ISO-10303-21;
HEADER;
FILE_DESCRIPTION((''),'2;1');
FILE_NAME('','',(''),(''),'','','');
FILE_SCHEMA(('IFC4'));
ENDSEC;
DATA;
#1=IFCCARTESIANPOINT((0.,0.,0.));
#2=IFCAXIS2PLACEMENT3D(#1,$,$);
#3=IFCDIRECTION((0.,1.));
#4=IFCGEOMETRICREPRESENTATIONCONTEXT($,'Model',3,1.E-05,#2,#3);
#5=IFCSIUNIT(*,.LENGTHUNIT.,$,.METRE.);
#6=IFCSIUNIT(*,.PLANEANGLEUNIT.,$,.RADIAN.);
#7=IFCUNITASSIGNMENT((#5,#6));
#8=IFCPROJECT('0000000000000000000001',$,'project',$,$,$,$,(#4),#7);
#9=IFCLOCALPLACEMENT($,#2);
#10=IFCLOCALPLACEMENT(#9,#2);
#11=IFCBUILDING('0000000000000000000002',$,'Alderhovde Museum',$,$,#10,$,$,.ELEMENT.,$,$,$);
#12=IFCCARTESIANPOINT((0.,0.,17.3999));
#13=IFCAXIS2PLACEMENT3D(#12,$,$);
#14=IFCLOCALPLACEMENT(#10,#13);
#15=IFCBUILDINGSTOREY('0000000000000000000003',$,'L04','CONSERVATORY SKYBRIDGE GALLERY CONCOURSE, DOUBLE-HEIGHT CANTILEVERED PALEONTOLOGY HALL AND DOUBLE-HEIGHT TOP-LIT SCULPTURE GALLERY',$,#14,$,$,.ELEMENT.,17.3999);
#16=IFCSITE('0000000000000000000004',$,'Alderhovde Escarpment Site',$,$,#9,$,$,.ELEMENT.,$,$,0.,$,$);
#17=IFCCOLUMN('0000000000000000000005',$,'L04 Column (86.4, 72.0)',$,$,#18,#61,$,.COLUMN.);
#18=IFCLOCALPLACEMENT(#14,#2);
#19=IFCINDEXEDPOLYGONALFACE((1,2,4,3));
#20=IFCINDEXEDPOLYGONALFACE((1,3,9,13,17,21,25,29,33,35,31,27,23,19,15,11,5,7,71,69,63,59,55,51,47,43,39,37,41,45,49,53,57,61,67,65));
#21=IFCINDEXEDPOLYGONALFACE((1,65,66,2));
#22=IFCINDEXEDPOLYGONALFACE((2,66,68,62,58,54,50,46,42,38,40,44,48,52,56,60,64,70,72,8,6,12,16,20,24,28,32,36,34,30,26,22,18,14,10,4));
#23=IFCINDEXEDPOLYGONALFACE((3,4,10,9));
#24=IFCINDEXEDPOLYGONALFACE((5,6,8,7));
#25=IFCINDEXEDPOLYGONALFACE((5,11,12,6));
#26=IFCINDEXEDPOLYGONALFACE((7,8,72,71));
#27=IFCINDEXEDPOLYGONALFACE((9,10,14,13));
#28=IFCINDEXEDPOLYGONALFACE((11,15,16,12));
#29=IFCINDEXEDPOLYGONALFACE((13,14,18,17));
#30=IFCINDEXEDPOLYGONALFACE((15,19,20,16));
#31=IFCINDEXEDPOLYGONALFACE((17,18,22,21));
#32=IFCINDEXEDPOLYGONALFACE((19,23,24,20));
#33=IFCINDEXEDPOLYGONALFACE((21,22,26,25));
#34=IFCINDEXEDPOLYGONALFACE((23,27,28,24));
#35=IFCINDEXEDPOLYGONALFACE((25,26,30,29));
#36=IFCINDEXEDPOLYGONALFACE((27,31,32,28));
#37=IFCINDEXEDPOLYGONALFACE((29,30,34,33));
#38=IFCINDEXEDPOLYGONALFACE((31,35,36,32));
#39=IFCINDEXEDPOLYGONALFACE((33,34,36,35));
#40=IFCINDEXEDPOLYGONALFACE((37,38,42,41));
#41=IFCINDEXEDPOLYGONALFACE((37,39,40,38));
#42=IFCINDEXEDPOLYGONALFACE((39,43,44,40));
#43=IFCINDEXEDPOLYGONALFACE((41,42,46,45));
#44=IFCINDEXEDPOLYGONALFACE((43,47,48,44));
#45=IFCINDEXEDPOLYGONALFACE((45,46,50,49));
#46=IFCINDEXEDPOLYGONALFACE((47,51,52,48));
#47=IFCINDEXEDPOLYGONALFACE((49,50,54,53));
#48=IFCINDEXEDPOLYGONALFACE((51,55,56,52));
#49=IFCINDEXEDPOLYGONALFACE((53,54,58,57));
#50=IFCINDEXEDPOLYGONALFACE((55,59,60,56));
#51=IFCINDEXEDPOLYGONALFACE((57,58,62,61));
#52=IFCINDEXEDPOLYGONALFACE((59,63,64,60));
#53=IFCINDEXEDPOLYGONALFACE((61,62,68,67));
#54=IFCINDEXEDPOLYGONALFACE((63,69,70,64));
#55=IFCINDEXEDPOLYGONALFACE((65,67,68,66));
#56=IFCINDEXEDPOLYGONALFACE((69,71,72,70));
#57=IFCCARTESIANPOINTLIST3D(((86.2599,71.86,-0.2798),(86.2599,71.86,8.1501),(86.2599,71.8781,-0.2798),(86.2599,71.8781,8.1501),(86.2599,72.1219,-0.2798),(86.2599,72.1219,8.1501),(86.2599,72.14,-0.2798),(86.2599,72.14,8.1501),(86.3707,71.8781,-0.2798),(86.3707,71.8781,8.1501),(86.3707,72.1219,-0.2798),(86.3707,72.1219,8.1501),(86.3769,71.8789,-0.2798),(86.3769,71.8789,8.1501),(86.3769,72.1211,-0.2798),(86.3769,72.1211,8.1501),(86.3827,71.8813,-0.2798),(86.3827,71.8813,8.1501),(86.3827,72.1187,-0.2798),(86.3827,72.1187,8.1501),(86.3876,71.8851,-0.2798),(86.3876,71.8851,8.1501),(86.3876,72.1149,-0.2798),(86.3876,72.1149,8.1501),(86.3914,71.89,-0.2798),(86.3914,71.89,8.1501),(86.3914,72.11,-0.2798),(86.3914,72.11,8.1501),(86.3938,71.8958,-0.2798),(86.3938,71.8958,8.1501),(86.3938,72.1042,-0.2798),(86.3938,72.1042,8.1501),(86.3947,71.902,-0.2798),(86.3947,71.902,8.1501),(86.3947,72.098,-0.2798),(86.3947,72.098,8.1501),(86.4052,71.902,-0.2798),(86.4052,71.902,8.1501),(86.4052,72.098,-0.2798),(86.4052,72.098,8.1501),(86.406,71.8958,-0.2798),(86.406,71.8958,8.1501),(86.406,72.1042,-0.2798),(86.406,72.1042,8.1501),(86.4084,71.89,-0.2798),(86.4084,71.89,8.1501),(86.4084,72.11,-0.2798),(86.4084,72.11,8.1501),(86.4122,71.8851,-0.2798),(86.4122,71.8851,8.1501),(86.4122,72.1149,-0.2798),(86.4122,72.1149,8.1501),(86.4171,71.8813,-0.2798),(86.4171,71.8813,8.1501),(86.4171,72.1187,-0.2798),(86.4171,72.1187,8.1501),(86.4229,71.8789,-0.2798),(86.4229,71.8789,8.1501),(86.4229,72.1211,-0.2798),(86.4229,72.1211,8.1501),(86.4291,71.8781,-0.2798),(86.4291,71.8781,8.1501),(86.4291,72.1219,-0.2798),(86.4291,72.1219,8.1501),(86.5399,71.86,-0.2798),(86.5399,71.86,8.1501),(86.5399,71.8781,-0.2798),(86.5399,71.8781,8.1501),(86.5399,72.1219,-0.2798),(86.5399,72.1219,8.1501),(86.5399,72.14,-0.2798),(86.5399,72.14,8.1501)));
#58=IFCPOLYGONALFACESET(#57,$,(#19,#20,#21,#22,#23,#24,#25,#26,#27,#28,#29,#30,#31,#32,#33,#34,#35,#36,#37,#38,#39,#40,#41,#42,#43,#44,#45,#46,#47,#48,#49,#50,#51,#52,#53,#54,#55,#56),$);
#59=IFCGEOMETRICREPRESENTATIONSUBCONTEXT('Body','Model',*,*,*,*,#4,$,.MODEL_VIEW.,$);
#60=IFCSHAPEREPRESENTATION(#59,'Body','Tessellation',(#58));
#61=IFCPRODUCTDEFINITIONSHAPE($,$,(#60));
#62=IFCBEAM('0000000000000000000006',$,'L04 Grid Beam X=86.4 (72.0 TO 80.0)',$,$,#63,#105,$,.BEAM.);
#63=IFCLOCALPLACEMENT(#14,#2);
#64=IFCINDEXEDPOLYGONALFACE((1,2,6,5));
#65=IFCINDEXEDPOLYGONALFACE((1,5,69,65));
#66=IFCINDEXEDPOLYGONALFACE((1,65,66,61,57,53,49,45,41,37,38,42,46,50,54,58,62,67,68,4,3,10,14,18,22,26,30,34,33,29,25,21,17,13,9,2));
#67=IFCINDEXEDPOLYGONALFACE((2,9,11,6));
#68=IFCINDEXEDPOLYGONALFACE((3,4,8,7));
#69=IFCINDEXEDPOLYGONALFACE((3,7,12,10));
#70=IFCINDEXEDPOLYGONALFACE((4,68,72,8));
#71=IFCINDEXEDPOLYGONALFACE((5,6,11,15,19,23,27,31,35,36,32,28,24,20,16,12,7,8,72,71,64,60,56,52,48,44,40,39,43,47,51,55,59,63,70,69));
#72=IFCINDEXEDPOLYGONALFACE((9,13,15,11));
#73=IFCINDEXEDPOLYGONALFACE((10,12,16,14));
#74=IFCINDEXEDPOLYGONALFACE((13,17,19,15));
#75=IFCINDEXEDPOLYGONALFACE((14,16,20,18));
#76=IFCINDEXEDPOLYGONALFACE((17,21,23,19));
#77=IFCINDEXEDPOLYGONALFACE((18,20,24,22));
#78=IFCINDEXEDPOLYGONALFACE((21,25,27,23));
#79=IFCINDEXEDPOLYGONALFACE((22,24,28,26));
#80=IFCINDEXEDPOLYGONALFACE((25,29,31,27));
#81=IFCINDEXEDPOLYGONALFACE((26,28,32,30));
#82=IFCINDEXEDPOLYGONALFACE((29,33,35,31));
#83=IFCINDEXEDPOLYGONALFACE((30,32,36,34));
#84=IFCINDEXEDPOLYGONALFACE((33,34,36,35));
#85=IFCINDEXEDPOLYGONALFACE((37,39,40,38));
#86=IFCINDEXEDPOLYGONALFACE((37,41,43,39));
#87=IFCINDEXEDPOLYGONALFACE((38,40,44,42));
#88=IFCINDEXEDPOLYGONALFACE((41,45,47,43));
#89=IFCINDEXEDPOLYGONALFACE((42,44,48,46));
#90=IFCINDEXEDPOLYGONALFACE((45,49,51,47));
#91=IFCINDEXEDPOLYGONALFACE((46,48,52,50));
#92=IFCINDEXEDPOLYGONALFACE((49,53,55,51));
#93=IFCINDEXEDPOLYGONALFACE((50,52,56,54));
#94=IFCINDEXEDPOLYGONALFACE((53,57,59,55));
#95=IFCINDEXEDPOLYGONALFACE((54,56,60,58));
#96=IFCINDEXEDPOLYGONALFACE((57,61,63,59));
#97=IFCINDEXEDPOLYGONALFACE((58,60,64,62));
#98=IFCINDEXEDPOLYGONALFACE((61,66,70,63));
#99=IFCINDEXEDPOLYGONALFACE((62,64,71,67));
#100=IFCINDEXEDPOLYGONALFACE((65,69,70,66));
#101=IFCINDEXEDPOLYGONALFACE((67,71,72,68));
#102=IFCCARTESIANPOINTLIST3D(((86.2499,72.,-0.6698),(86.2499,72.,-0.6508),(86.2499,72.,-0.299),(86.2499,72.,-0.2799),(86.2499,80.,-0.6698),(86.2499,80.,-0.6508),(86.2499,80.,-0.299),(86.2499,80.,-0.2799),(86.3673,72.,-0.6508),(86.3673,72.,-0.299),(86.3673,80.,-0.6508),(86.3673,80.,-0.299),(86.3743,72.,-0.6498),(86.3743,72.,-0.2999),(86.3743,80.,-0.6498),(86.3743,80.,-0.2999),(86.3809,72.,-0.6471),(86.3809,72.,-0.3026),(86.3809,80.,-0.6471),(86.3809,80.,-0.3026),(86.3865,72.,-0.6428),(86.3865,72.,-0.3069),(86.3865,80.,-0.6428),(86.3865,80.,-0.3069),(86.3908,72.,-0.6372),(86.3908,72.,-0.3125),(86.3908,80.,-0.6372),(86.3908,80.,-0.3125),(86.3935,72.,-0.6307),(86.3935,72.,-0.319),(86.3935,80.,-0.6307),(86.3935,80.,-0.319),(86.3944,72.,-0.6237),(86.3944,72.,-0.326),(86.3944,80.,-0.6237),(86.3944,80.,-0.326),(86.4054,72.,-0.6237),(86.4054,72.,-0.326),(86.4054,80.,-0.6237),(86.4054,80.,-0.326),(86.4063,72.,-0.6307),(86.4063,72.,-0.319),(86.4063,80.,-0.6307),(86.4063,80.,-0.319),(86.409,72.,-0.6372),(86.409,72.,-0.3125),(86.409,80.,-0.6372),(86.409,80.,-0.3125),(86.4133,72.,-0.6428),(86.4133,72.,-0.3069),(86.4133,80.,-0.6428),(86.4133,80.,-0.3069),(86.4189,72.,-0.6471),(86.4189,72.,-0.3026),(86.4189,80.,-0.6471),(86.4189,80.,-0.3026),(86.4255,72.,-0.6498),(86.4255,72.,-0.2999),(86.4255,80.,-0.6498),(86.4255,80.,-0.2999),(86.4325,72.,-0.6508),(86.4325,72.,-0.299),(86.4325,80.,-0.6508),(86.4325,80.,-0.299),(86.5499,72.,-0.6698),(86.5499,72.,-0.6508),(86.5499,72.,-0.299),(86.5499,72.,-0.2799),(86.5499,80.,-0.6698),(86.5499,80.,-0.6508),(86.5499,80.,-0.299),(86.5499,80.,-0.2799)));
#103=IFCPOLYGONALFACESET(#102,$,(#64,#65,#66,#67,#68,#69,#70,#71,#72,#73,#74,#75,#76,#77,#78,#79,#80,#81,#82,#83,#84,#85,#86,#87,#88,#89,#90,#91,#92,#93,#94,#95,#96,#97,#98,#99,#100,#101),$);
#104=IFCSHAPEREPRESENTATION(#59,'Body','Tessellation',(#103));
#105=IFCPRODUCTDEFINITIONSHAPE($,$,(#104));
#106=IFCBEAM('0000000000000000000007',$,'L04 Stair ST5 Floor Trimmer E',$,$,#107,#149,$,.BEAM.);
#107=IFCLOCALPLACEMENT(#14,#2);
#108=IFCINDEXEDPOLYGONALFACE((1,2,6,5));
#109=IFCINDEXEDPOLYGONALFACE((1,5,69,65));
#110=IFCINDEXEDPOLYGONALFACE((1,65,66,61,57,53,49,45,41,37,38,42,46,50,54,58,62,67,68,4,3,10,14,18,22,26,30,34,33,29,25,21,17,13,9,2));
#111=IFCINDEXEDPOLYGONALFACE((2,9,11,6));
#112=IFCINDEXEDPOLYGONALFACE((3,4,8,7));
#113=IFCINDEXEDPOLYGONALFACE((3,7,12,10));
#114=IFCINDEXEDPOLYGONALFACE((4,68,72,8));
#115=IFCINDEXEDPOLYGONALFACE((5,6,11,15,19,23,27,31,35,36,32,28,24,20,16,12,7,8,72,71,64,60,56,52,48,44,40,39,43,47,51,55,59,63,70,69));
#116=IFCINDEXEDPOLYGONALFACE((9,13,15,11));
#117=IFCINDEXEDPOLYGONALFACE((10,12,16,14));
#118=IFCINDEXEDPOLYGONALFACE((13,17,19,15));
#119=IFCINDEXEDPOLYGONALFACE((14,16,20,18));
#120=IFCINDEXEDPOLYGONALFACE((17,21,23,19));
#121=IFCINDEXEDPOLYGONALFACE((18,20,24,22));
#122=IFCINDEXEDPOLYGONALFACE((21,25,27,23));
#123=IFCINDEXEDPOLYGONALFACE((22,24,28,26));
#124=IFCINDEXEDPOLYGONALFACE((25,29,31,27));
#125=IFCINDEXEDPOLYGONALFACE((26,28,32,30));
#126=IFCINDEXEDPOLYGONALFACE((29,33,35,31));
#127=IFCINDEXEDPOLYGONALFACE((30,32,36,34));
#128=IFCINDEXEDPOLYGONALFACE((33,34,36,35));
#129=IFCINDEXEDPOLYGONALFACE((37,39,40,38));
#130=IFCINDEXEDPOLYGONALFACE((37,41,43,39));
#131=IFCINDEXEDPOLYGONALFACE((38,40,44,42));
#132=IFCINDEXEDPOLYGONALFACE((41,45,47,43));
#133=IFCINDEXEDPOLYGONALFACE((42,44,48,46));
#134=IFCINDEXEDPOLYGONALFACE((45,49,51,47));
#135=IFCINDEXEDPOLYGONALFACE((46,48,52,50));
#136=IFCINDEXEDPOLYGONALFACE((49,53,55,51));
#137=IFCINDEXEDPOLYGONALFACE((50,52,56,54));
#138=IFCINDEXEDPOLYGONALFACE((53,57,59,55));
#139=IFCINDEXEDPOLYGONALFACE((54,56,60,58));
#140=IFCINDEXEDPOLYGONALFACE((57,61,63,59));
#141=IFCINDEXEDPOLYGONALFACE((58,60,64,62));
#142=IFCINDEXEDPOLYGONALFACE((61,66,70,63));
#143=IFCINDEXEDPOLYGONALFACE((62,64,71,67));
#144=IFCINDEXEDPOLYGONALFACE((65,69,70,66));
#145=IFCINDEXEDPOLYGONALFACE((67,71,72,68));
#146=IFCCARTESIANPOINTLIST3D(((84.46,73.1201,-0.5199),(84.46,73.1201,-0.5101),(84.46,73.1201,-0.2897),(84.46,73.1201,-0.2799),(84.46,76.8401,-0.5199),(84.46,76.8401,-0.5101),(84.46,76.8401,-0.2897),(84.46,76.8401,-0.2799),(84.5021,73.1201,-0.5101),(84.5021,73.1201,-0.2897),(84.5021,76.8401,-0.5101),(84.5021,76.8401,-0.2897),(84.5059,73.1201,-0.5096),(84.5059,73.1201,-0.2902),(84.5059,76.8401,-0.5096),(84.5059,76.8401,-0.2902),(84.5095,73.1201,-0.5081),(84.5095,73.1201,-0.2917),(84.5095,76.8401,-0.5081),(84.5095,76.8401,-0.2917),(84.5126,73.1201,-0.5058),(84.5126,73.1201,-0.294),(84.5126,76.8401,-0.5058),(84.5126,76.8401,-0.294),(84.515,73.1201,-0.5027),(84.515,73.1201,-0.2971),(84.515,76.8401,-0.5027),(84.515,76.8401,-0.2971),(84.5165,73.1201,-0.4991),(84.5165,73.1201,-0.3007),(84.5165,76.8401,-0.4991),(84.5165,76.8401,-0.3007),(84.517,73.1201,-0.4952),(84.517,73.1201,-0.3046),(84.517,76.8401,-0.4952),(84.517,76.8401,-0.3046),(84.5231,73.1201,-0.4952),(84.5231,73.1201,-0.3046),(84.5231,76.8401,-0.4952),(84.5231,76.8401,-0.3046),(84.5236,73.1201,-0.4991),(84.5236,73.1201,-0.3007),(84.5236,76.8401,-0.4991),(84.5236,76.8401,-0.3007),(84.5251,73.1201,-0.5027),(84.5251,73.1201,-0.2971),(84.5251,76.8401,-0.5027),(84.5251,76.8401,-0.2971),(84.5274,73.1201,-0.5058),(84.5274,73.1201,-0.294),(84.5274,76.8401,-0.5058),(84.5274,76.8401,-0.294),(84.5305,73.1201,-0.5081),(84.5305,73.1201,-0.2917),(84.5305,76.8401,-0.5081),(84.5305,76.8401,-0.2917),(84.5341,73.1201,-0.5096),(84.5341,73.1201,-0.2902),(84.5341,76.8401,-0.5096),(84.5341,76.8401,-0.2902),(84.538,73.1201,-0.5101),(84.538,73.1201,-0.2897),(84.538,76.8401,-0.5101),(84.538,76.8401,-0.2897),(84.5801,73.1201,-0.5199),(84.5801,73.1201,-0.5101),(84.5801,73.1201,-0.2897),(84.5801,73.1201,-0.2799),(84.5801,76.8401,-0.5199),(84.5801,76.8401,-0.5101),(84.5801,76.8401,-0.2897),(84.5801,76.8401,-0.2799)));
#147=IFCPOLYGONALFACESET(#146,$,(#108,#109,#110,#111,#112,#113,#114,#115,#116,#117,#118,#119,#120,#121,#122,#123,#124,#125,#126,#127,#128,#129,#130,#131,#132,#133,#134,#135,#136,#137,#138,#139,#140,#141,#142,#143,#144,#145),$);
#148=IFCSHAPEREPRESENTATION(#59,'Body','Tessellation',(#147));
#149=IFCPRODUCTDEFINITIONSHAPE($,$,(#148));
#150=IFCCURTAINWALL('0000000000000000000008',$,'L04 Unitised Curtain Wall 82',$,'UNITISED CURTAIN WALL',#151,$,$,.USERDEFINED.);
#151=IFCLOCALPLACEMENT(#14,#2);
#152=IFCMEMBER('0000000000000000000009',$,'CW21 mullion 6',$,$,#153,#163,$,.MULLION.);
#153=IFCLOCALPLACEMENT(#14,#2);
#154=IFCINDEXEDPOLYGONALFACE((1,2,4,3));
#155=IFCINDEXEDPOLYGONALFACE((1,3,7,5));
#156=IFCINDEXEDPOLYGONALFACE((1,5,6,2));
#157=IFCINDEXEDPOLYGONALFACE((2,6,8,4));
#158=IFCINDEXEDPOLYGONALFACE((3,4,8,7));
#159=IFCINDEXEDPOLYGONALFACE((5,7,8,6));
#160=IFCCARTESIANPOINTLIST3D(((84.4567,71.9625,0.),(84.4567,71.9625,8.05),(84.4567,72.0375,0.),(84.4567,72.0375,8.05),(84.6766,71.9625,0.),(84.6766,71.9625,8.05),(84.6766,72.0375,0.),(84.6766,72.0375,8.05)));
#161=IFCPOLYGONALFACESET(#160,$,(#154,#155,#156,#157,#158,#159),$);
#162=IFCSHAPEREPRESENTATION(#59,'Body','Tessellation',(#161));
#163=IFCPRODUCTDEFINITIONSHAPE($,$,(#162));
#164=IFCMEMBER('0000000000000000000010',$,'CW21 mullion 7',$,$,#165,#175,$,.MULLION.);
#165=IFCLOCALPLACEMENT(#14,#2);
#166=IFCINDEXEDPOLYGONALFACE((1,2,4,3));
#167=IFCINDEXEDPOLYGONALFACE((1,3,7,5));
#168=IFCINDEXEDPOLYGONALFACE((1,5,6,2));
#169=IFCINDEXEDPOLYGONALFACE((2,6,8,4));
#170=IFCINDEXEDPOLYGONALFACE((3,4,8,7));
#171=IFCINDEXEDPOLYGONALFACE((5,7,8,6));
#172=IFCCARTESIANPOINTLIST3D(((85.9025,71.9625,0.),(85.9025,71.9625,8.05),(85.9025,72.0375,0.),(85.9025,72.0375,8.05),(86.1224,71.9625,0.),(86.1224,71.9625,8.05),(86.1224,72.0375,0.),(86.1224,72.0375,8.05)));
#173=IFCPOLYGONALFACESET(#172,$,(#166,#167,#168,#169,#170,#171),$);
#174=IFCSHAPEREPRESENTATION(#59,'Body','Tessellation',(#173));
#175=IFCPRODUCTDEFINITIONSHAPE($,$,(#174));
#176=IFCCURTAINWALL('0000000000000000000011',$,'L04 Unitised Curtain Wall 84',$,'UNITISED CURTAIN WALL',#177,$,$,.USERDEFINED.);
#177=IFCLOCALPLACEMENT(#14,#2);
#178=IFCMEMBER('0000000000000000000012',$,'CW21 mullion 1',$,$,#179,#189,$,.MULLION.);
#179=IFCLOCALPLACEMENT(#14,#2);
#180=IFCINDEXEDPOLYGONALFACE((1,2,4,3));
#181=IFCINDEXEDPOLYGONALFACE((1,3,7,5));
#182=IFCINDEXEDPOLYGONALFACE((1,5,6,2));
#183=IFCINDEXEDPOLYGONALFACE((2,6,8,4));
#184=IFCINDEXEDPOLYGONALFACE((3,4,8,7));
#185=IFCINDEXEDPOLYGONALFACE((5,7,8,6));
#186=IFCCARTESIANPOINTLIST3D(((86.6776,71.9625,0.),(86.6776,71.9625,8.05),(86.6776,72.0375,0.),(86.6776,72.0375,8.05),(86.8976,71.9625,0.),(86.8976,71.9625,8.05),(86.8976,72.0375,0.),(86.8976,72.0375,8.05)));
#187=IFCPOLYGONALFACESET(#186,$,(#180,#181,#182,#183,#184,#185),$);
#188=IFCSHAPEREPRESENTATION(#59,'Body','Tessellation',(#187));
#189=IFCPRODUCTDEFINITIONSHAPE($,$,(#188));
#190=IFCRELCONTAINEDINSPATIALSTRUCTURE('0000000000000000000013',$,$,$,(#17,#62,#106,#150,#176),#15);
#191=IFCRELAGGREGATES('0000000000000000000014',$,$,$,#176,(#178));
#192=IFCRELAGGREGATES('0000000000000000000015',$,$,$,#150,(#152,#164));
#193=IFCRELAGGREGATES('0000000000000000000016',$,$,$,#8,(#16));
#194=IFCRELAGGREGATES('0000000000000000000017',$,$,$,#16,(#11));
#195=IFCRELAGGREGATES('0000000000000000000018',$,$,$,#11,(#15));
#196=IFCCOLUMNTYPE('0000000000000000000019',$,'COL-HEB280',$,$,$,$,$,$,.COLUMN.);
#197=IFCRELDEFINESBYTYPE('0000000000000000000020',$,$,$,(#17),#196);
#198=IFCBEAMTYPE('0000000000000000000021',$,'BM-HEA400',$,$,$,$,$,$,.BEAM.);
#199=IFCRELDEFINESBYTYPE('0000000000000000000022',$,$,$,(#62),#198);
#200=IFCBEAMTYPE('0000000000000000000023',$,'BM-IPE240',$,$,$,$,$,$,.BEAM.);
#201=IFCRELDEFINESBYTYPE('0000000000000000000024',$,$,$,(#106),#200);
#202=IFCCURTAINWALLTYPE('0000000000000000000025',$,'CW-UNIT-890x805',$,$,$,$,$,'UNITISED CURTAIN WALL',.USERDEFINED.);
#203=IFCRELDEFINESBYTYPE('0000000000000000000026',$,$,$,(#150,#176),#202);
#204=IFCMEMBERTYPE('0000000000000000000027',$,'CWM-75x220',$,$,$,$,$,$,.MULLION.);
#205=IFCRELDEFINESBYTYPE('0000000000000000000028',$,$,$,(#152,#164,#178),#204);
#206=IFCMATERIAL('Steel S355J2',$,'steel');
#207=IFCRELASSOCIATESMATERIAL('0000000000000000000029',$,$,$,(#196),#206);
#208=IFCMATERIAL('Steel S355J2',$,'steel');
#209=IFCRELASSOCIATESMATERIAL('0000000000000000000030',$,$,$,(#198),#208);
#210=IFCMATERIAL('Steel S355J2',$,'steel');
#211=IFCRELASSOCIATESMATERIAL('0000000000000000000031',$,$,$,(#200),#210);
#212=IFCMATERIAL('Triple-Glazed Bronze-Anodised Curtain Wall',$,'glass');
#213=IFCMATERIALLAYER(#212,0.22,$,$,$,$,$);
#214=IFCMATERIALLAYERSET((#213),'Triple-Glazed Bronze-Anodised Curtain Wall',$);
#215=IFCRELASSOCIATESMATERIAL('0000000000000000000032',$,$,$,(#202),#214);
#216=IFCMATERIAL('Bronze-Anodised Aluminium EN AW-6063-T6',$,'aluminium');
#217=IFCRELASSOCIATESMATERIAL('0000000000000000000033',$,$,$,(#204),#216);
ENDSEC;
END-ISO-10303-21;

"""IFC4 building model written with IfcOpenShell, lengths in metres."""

from ifc_helpers import new_model, si_unit, direction, frame, origin, origin_2d, place, context, subcontext, project, spatial, rectangle, i_section, extrude, material, layer, layer_set, material_profile, profile_set, type_object, element, aggregate, save


model = new_model("IFC4")

# Units and contexts
model_context = context("Model", 3, precision=1e-05, world=origin(), true_north=direction((0.0, 1.0)))
body_context = subcontext(model_context, "Body", "Model", "MODEL_VIEW")
ifc_project = project(units=[si_unit("LENGTHUNIT", "METRE"), si_unit("PLANEANGLEUNIT", "RADIAN")], contexts=[model_context])

# Site, building, storey
site_placement = place(None, origin())
site = spatial("IfcSite", under=ifc_project, at=site_placement, Name="Alderhovde Escarpment Site", CompositionType="ELEMENT", RefElevation=0.0)
building_placement = place(site_placement, origin())
building = spatial("IfcBuilding", under=site, at=building_placement, Name="Alderhovde Museum", CompositionType="ELEMENT")
storey_placement = place(building_placement, frame((0.0, 0.0, 17.3999)))
storey = spatial("IfcBuildingStorey", under=building, at=storey_placement, Name="L04", Description="CONSERVATORY SKYBRIDGE GALLERY CONCOURSE, DOUBLE-HEIGHT CANTILEVERED PALEONTOLOGY HALL AND DOUBLE-HEIGHT TOP-LIT SCULPTURE GALLERY", CompositionType="ELEMENT", Elevation=17.3999)

# Column
ifc_material_1 = material(Name="Steel S355J2", Category="steel")
ifc_material_profile_1 = material_profile(ifc_material_1, i_section(OverallWidth=0.28, OverallDepth=0.28, WebThickness=0.0105, FlangeThickness=0.0181, FilletRadius=0.0239, at=origin_2d()), Name="HEB 280")
ifc_profile_set_1 = profile_set([ifc_material_profile_1], Name="Steel S355J2")
column_type = type_object("IfcColumnType", Name="COL-HEB280", PredefinedType="COLUMN", material=ifc_profile_set_1)
column_placement = place(storey_placement, frame((86.3999, 72.0, -0.2798), z_axis=(0.0, 0.0, 1.0), x_axis=(1.0, 0.0, 0.0)))
element("IfcColumn", 1, at=column_placement, inside=storey, type_object=column_type, Name="L04 Column (86.4, 72.0)", PredefinedType="COLUMN", context=body_context, shape_type="SweptSolid", body=[
    extrude(i_section(OverallWidth=0.28, OverallDepth=0.28, WebThickness=0.0105, FlangeThickness=0.0181, FilletRadius=0.0239, at=origin_2d()), origin(), (0.0, 0.0, 1.0), 8.4299),
])

# Beams
ifc_material_2 = material(Name="Steel S355J2", Category="steel")
ifc_material_profile_2 = material_profile(ifc_material_2, i_section(OverallWidth=0.3, OverallDepth=0.3899, WebThickness=0.011, FlangeThickness=0.019, FilletRadius=0.0271, at=origin_2d()), Name="HEA 400")
ifc_profile_set_2 = profile_set([ifc_material_profile_2], Name="Steel S355J2")
beam_type_1 = type_object("IfcBeamType", Name="BM-HEA400", PredefinedType="BEAM", material=ifc_profile_set_2)
beam_1_placement = place(storey_placement, frame((86.3999, 72.0, -0.4749), z_axis=(0.0, 1.0, 0.0), x_axis=(-1.0, 0.0, 0.0)))
element("IfcBeam", 2, at=beam_1_placement, inside=storey, type_object=beam_type_1, Name="L04 Grid Beam X=86.4 (72.0 TO 80.0)", PredefinedType="BEAM", context=body_context, shape_type="SweptSolid", body=[
    extrude(i_section(OverallWidth=0.3, OverallDepth=0.3899, WebThickness=0.011, FlangeThickness=0.019, FilletRadius=0.0271, at=origin_2d()), origin(), (0.0, 0.0, 1.0), 8.0),
])
ifc_material_3 = material(Name="Steel S355J2", Category="steel")
ifc_material_profile_3 = material_profile(ifc_material_3, i_section(OverallWidth=0.1201, OverallDepth=0.24, WebThickness=0.0061, FlangeThickness=0.0098, FilletRadius=0.0149, at=origin_2d()), Name="IPE 240")
ifc_profile_set_3 = profile_set([ifc_material_profile_3], Name="Steel S355J2")
beam_type_2 = type_object("IfcBeamType", Name="BM-IPE240", PredefinedType="BEAM", material=ifc_profile_set_3)
beam_2_placement = place(storey_placement, frame((84.52, 73.1201, -0.3999), z_axis=(0.0, 1.0, 0.0), x_axis=(-1.0, 0.0, 0.0)))
element("IfcBeam", 3, at=beam_2_placement, inside=storey, type_object=beam_type_2, Name="L04 Stair ST5 Floor Trimmer E", PredefinedType="BEAM", context=body_context, shape_type="SweptSolid", body=[
    extrude(i_section(OverallWidth=0.1201, OverallDepth=0.24, WebThickness=0.0061, FlangeThickness=0.0098, FilletRadius=0.0149, at=origin_2d()), origin(), (0.0, 0.0, 1.0), 3.72),
])

# Curtain walls, members
ifc_material_4 = material(Name="Triple-Glazed Bronze-Anodised Curtain Wall", Category="glass")
ifc_layer_1 = layer(ifc_material_4, 0.22)
ifc_layer_set_1 = layer_set([ifc_layer_1], Name="Triple-Glazed Bronze-Anodised Curtain Wall")
curtain_wall_type = type_object("IfcCurtainWallType", Name="CW-UNIT-890x805", ElementType="UNITISED CURTAIN WALL", PredefinedType="USERDEFINED", material=ifc_layer_set_1)
curtain_wall_1_placement = place(storey_placement, origin())
curtain_wall_1 = element("IfcCurtainWall", 4, at=curtain_wall_1_placement, inside=storey, type_object=curtain_wall_type, Name="L04 Unitised Curtain Wall 82", ObjectType="UNITISED CURTAIN WALL", PredefinedType="USERDEFINED")
ifc_material_5 = material(Name="Bronze-Anodised Aluminium EN AW-6063-T6", Category="aluminium")
ifc_material_profile_4 = material_profile(ifc_material_5, rectangle(XDim=0.075, YDim=0.22, at=origin_2d()), Name="MULLION 75x220")
ifc_profile_set_4 = profile_set([ifc_material_profile_4], Name="Bronze-Anodised Aluminium EN AW-6063-T6")
member_type_1 = type_object("IfcMemberType", Name="CWM-75x220", PredefinedType="MULLION", material=ifc_profile_set_4)
member_1_placement = place(storey_placement, frame((84.5667, 72.0, 0.0), z_axis=(0.0, 0.0, 1.0), x_axis=(0.0, 1.0, 0.0)))
member_1 = element("IfcMember", 5, at=member_1_placement, type_object=member_type_1, Name="CW21 mullion 6", PredefinedType="MULLION", context=body_context, shape_type="SweptSolid", body=[
    extrude(rectangle(XDim=0.075, YDim=0.22, at=origin_2d()), origin(), (0.0, 0.0, 1.0), 8.05),
])
member_2_placement = place(storey_placement, frame((86.0125, 72.0, 0.0), z_axis=(0.0, 0.0, 1.0), x_axis=(0.0, 1.0, 0.0)))
member_2 = element("IfcMember", 6, at=member_2_placement, type_object=member_type_1, Name="CW21 mullion 7", PredefinedType="MULLION", context=body_context, shape_type="SweptSolid", body=[
    extrude(rectangle(XDim=0.075, YDim=0.22, at=origin_2d()), origin(), (0.0, 0.0, 1.0), 8.05),
])
curtain_wall_2_placement = place(storey_placement, origin())
curtain_wall_2 = element("IfcCurtainWall", 7, at=curtain_wall_2_placement, inside=storey, type_object=curtain_wall_type, Name="L04 Unitised Curtain Wall 84", ObjectType="UNITISED CURTAIN WALL", PredefinedType="USERDEFINED")
member_3_placement = place(storey_placement, frame((86.7876, 72.0, 0.0), z_axis=(0.0, 0.0, 1.0), x_axis=(0.0, 1.0, 0.0)))
member_3 = element("IfcMember", 8, at=member_3_placement, type_object=member_type_1, Name="CW21 mullion 1", PredefinedType="MULLION", context=body_context, shape_type="SweptSolid", body=[
    extrude(rectangle(XDim=0.075, YDim=0.22, at=origin_2d()), origin(), (0.0, 0.0, 1.0), 8.05),
])

aggregate(curtain_wall_2, [member_3])
aggregate(curtain_wall_1, [member_1, member_2])

save(model, "model.ifc")
